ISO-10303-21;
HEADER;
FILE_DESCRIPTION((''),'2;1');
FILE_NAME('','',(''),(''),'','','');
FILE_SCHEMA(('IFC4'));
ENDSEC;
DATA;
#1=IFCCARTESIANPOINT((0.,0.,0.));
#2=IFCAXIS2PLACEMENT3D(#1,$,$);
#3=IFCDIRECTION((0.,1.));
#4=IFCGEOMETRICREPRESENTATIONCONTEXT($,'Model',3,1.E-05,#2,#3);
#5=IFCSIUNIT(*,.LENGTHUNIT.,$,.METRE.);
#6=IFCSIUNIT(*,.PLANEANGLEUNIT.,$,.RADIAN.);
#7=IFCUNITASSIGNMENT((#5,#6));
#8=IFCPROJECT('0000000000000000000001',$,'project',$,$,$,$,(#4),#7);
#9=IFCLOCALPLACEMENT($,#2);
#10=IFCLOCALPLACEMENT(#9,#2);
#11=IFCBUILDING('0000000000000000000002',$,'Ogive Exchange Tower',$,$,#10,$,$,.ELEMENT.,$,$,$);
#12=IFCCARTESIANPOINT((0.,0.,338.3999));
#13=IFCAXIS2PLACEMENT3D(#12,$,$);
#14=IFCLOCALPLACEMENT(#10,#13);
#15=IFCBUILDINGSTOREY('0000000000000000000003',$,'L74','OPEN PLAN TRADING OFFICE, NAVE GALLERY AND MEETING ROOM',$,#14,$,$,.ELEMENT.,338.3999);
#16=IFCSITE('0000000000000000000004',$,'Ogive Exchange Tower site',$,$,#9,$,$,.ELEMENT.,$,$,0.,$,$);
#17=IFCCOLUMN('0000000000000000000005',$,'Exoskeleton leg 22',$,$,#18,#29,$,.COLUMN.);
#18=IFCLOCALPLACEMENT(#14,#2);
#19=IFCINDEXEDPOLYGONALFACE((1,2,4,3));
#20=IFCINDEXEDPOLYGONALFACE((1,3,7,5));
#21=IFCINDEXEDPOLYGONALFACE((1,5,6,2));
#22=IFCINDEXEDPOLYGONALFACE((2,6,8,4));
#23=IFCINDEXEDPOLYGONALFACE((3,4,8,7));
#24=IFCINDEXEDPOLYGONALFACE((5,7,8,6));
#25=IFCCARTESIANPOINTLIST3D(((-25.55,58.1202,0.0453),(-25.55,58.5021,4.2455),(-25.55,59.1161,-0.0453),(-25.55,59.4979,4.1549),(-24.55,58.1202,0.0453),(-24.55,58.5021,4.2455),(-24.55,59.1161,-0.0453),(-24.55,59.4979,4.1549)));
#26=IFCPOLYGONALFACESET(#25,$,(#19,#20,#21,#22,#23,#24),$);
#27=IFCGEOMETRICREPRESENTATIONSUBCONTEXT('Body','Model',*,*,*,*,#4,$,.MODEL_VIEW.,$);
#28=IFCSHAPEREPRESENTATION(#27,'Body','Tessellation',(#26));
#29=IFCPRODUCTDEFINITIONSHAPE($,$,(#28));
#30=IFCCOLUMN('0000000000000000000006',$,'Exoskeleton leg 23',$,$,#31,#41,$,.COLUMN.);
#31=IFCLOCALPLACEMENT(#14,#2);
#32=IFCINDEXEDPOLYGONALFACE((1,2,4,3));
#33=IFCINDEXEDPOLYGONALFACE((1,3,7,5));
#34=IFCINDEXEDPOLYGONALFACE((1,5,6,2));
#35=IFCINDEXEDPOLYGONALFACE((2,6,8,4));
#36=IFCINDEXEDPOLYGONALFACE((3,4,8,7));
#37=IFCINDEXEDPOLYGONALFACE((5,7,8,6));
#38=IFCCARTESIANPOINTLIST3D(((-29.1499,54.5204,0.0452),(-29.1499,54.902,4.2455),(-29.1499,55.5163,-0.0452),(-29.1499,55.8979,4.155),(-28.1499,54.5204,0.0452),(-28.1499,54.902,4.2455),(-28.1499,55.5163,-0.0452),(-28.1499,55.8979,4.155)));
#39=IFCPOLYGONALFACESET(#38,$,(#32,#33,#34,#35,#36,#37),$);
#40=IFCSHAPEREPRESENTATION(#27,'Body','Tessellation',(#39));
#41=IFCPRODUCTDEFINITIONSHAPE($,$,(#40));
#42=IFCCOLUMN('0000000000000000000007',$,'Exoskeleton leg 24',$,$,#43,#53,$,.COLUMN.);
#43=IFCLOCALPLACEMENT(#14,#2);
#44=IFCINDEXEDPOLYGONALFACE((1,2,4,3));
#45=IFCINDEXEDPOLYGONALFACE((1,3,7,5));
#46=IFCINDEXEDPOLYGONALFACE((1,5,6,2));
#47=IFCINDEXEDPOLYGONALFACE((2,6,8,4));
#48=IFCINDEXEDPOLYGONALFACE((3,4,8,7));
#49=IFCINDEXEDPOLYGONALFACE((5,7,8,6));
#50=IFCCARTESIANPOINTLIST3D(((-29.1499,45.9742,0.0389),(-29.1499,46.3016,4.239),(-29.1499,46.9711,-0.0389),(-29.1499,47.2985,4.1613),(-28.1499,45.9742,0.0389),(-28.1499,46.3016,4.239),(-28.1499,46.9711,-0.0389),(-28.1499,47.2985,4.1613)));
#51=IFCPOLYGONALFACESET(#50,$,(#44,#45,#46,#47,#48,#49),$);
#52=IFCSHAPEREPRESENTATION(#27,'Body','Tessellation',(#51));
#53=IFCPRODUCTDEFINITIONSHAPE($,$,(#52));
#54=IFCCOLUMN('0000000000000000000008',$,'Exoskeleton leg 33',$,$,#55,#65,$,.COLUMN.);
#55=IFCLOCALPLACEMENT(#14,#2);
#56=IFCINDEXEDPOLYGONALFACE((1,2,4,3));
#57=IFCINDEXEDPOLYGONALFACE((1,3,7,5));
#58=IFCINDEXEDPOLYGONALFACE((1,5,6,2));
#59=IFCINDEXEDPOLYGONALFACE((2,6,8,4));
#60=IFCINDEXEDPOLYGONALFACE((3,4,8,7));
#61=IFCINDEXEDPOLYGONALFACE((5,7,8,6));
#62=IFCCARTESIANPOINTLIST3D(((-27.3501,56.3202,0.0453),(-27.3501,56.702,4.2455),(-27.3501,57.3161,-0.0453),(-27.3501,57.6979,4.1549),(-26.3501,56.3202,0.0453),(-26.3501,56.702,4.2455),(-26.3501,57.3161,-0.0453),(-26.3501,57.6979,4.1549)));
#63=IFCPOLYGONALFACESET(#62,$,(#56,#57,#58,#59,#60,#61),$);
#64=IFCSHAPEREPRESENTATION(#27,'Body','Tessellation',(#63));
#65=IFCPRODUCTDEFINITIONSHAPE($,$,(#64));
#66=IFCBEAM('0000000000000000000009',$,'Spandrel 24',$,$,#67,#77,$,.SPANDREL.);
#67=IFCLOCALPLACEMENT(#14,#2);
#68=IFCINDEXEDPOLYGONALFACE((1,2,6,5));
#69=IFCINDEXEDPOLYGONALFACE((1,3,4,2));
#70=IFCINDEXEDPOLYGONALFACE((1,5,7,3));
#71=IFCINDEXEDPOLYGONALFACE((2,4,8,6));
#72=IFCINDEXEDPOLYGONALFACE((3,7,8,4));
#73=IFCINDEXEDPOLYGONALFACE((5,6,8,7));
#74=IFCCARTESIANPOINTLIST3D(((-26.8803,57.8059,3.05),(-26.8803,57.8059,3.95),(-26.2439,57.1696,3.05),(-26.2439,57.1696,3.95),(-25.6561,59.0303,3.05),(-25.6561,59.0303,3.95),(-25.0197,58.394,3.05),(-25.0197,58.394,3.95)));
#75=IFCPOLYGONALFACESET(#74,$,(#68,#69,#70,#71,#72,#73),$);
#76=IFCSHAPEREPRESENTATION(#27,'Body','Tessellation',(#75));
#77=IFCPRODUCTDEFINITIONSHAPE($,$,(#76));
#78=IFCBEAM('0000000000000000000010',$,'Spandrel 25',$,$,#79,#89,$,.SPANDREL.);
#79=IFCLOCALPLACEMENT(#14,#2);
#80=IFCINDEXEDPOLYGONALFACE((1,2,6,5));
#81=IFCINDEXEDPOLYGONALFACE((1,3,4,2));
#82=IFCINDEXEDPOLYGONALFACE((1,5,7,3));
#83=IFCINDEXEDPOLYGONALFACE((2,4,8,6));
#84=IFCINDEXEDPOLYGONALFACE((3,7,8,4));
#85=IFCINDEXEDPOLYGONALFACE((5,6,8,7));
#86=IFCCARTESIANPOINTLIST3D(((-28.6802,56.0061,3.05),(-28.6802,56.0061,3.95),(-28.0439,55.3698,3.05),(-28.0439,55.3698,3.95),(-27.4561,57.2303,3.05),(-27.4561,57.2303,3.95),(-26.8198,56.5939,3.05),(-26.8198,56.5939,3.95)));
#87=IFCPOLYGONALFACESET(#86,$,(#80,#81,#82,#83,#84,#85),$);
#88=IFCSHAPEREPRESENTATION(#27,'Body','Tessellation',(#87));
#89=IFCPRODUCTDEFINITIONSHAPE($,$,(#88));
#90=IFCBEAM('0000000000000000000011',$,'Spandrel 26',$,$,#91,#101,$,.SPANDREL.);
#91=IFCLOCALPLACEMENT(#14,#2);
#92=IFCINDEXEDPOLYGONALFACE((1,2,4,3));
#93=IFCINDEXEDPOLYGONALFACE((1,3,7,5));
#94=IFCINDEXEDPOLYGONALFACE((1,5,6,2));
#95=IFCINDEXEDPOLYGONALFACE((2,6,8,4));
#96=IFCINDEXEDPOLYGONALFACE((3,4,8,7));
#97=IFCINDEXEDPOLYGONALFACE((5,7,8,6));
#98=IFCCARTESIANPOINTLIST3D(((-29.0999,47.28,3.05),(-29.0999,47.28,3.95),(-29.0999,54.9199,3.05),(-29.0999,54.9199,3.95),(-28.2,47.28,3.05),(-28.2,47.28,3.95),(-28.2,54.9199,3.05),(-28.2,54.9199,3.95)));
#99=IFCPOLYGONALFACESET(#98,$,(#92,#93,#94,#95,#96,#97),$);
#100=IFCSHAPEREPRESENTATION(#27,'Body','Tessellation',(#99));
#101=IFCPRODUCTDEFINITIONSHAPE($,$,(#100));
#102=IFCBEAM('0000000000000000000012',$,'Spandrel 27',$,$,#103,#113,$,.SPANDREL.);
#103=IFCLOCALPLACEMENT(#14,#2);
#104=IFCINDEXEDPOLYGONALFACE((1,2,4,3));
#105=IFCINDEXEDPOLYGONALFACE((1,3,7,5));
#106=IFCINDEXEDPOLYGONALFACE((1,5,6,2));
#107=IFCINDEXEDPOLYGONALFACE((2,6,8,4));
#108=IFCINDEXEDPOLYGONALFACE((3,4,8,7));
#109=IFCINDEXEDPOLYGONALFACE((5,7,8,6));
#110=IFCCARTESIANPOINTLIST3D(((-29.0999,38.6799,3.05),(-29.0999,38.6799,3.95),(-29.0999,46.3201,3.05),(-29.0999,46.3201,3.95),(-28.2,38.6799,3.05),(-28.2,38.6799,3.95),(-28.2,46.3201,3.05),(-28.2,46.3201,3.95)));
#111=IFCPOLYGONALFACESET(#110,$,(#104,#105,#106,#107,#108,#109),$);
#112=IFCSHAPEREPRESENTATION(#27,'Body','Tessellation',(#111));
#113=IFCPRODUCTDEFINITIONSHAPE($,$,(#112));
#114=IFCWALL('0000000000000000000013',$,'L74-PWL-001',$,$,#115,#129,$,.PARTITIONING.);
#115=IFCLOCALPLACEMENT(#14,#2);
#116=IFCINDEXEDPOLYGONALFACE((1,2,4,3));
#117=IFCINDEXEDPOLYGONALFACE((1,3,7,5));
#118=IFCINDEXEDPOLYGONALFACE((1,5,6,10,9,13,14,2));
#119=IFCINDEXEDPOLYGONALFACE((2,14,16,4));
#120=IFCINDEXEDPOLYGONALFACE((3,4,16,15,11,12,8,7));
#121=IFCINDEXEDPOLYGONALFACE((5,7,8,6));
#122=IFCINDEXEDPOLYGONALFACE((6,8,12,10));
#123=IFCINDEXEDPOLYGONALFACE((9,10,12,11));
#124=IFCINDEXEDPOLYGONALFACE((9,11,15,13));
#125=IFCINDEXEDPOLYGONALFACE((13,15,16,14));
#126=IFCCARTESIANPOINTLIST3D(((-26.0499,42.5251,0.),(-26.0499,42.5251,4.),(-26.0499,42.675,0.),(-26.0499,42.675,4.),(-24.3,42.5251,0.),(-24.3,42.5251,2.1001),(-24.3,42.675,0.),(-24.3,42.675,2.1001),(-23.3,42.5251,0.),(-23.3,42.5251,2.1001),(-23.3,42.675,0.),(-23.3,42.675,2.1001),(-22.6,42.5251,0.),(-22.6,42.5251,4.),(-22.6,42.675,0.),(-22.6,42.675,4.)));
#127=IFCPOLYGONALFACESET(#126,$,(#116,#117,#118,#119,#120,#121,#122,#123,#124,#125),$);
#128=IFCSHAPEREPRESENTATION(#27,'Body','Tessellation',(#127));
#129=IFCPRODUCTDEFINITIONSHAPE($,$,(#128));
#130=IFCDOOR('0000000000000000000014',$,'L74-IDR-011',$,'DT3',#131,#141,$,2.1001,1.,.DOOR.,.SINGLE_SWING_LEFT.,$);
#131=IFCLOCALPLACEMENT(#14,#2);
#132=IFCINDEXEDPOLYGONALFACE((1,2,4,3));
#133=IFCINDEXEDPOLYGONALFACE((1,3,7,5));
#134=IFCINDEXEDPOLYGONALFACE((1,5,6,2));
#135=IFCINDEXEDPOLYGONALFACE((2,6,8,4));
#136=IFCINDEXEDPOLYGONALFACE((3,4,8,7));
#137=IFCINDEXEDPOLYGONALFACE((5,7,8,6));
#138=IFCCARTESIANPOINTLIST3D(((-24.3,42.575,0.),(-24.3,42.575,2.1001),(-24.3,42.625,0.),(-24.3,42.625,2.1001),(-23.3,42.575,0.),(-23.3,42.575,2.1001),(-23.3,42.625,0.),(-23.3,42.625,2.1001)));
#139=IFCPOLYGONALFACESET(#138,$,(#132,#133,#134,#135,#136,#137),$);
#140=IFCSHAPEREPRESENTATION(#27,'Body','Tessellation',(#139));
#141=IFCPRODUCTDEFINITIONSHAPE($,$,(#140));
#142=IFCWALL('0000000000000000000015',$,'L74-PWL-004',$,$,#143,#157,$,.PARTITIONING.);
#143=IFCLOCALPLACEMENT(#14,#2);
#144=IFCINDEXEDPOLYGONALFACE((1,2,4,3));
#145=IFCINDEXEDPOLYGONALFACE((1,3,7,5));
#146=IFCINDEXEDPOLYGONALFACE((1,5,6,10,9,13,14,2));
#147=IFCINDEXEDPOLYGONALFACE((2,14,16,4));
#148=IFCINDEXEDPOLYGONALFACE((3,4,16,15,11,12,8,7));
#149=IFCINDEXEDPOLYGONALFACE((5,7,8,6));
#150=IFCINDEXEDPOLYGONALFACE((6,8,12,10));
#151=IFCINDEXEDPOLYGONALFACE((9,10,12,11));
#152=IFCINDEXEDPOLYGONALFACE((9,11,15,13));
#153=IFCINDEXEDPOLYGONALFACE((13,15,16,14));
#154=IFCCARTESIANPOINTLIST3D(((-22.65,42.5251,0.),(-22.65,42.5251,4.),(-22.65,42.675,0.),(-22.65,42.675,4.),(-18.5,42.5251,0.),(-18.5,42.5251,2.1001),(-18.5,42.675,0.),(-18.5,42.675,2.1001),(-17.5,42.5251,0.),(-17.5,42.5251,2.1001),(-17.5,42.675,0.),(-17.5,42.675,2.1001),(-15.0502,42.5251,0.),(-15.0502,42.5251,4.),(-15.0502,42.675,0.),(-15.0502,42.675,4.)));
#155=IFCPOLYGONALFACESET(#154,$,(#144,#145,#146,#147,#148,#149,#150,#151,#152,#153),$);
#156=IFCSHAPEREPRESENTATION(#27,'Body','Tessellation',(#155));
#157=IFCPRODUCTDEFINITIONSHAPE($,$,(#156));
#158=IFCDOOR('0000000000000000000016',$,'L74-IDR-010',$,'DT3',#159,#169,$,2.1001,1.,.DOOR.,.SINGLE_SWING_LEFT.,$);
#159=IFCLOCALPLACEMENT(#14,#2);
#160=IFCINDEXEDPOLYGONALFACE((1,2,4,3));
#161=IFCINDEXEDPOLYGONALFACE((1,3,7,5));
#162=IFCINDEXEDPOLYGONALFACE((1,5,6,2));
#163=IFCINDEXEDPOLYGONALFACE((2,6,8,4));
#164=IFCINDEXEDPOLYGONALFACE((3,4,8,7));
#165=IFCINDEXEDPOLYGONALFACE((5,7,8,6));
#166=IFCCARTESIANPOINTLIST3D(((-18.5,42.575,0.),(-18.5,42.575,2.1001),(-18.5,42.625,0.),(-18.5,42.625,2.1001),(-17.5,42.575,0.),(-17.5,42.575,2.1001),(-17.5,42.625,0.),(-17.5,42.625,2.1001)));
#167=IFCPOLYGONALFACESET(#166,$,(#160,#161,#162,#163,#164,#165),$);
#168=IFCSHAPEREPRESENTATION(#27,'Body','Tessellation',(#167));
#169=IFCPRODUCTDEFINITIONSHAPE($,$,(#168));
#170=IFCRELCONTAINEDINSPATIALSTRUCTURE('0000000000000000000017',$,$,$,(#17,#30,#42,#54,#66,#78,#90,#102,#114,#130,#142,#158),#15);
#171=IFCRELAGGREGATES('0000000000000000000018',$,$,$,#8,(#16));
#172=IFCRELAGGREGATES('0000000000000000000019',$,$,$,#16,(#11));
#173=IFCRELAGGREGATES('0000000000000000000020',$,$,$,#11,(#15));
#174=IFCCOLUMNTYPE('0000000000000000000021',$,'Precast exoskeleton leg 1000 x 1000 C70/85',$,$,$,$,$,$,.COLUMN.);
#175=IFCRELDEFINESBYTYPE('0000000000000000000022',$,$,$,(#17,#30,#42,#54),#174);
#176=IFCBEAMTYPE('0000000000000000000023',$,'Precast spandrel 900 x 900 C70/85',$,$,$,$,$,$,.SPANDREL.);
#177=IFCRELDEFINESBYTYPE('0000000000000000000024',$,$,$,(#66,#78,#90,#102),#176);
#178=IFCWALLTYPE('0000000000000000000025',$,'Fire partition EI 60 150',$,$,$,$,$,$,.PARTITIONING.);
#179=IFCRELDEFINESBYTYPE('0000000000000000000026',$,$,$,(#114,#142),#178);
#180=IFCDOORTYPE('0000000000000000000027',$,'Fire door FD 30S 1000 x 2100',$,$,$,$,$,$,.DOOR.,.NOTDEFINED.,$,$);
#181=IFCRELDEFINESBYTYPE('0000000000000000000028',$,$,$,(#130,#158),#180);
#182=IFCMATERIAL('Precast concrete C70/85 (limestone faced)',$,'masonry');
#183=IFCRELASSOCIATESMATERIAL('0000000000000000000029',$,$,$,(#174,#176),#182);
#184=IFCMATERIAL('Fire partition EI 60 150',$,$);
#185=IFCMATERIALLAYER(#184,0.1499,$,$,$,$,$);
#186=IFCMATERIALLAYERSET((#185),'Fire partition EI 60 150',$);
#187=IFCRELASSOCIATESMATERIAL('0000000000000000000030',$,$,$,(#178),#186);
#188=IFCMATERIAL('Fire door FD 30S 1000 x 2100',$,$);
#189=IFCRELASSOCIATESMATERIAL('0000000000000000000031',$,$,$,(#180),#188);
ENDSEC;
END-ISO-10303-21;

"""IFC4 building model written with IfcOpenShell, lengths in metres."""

from ifc_helpers import new_model, si_unit, direction, frame, frame_2d, origin, origin_2d, place, context, subcontext, project, spatial, rectangle, extrude, material, layer, layer_set, material_profile, profile_set, type_object, element, fill, save


model = new_model("IFC4")

# Units and contexts
model_context = context("Model", 3, precision=1e-05, world=origin(), true_north=direction((0.0, 1.0)))
body_context = subcontext(model_context, "Body", "Model", "MODEL_VIEW")
ifc_project = project(units=[si_unit("LENGTHUNIT", "METRE"), si_unit("PLANEANGLEUNIT", "RADIAN")], contexts=[model_context])

# Site, building, storey
site_placement = place(None, origin())
site = spatial("IfcSite", under=ifc_project, at=site_placement, Name="Ogive Exchange Tower site", CompositionType="ELEMENT", RefElevation=0.0)
building_placement = place(site_placement, origin())
building = spatial("IfcBuilding", under=site, at=building_placement, Name="Ogive Exchange Tower", CompositionType="ELEMENT")
storey_placement = place(building_placement, frame((0.0, 0.0, 338.3999)))
storey = spatial("IfcBuildingStorey", under=building, at=storey_placement, Name="L74", Description="OPEN PLAN TRADING OFFICE, NAVE GALLERY AND MEETING ROOM", CompositionType="ELEMENT", Elevation=338.3999)

# Columns
ifc_material_1 = material(Name="Precast concrete C70/85 (limestone faced)", Category="masonry")
ifc_material_profile_1 = material_profile(ifc_material_1, rectangle(XDim=1.0, YDim=1.0, at=origin_2d()), Name="1000 x 1000")
ifc_profile_set_1 = profile_set([ifc_material_profile_1], Name="Precast concrete C70/85 (limestone faced)")
column_type = type_object("IfcColumnType", Name="Precast exoskeleton leg 1000 x 1000 C70/85", PredefinedType="COLUMN", material=ifc_profile_set_1)
for number, where, z_axis, x_axis, name in (
    (1, (-25.05, 58.6182, 0.0), (0.0, 0.090536, 0.995893), (-1.0, 0.0, 0.0), "Exoskeleton leg 22"),
    (2, (-28.6499, 55.0183, 0.0), (0.0, 0.090478, 0.995898), (-1.0, 0.0, 0.0), "Exoskeleton leg 23"),
):
    element("IfcColumn", number, at=place(storey_placement, frame(where, z_axis=z_axis, x_axis=x_axis)), inside=storey, type_object=column_type, Name=name, PredefinedType="COLUMN", context=body_context, shape_type="SweptSolid", body=[
        extrude(rectangle(XDim=1.0, YDim=1.0, at=origin_2d()), origin(), (0.0, 0.0, 1.0), 4.2175),
    ])
column_1_placement = place(storey_placement, frame((-28.6499, 46.4727, 0.0), z_axis=(0.0, 0.077711, 0.996976), x_axis=(-1.0, 0.0, 0.0)))
element("IfcColumn", 3, at=column_1_placement, inside=storey, type_object=column_type, Name="Exoskeleton leg 24", PredefinedType="COLUMN", context=body_context, shape_type="SweptSolid", body=[
    extrude(rectangle(XDim=1.0, YDim=1.0, at=origin_2d()), origin(), (0.0, 0.0, 1.0), 4.2129),
])
column_2_placement = place(storey_placement, frame((-26.8501, 56.8181, 0.0), z_axis=(0.0, 0.090536, 0.995893), x_axis=(-1.0, 0.0, 0.0)))
element("IfcColumn", 4, at=column_2_placement, inside=storey, type_object=column_type, Name="Exoskeleton leg 33", PredefinedType="COLUMN", context=body_context, shape_type="SweptSolid", body=[
    extrude(rectangle(XDim=1.0, YDim=1.0, at=origin_2d()), origin(), (0.0, 0.0, 1.0), 4.2175),
])

# Beams
ifc_material_profile_2 = material_profile(ifc_material_1, rectangle(XDim=0.8999, YDim=0.8999, at=origin_2d()), Name="900 x 900")
ifc_profile_set_2 = profile_set([ifc_material_profile_2], Name="Precast concrete C70/85 (limestone faced)")
beam_type = type_object("IfcBeamType", Name="Precast spandrel 900 x 900 C70/85", PredefinedType="SPANDREL", material=ifc_profile_set_2)
beam_1_placement = place(storey_placement, frame((-25.3379, 58.7122, 3.5), z_axis=(-0.707036, -0.707177, 0.0), x_axis=(0.707177, -0.707036, 0.0)))
element("IfcBeam", 5, at=beam_1_placement, inside=storey, type_object=beam_type, Name="Spandrel 24", PredefinedType="SPANDREL", context=body_context, shape_type="SweptSolid", body=[
    extrude(rectangle(XDim=0.8999, YDim=0.8999, at=origin_2d()), origin(), (0.0, 0.0, 1.0), 1.7314),
])
beam_2_placement = place(storey_placement, frame((-27.1379, 56.9121, 3.5), z_axis=(-0.707107, -0.707107, 0.0), x_axis=(0.707107, -0.707107, 0.0)))
element("IfcBeam", 6, at=beam_2_placement, inside=storey, type_object=beam_type, Name="Spandrel 25", PredefinedType="SPANDREL", context=body_context, shape_type="SweptSolid", body=[
    extrude(rectangle(XDim=0.8999, YDim=0.8999, at=origin_2d()), origin(), (0.0, 0.0, 1.0), 1.7312),
])
beam_3_placement = place(storey_placement, frame((-28.6499, 54.9199, 3.5), z_axis=(0.0, -1.0, 0.0), x_axis=(1.0, 0.0, 0.0)))
element("IfcBeam", 7, at=beam_3_placement, inside=storey, type_object=beam_type, Name="Spandrel 26", PredefinedType="SPANDREL", context=body_context, shape_type="SweptSolid", body=[
    extrude(rectangle(XDim=0.8999, YDim=0.8999, at=origin_2d()), origin(), (0.0, 0.0, 1.0), 7.6399),
])
beam_4_placement = place(storey_placement, frame((-28.6499, 46.3201, 3.5), z_axis=(0.0, -1.0, 0.0), x_axis=(1.0, 0.0, 0.0)))
element("IfcBeam", 8, at=beam_4_placement, inside=storey, type_object=beam_type, Name="Spandrel 27", PredefinedType="SPANDREL", context=body_context, shape_type="SweptSolid", body=[
    extrude(rectangle(XDim=0.8999, YDim=0.8999, at=origin_2d()), origin(), (0.0, 0.0, 1.0), 7.6401),
])

# Walls, openings, doors
ifc_material_2 = material(Name="Fire partition EI 60 150")
ifc_layer_1 = layer(ifc_material_2, 0.1499)
ifc_layer_set_1 = layer_set([ifc_layer_1], Name="Fire partition EI 60 150")
wall_type_1 = type_object("IfcWallType", Name="Fire partition EI 60 150", PredefinedType="PARTITIONING", material=ifc_layer_set_1)
wall_1_placement = place(storey_placement, frame((-26.05, 42.6001, 0.0), z_axis=(0.0, 0.0, 1.0), x_axis=(1.0, 0.0, 0.0)))
wall_1 = element("IfcWall", 9, at=wall_1_placement, inside=storey, type_object=wall_type_1, Name="L74-PWL-001", PredefinedType="PARTITIONING", context=body_context, shape_type="SweptSolid", body=[
    extrude(rectangle(XDim=3.45, YDim=0.1499, at=frame_2d((1.7251, 0.0))), origin(), (0.0, 0.0, 1.0), 4.0),
])
opening_1_placement = place(wall_1_placement, frame((1.75, 0.0, 0.0)))
opening_1 = element("IfcOpeningElement", 10, at=opening_1_placement, cuts=wall_1, PredefinedType="OPENING", context=body_context, shape_type="SweptSolid", body=[
    extrude(rectangle(XDim=1.0, YDim=2.1001, at=frame_2d((0.5, 1.05))), frame((0.0, 0.085, 0.0), z_axis=(0.0, -1.0, 0.0), x_axis=(1.0, 0.0, 0.0)), (0.0, 0.0, 1.0), 0.1699),
])
ifc_material_3 = material(Name="Fire door FD 30S 1000 x 2100")
door_type_1 = type_object("IfcDoorType", Name="Fire door FD 30S 1000 x 2100", OperationType="NOTDEFINED", PredefinedType="DOOR", material=ifc_material_3)
door_1_placement = place(opening_1_placement, origin())
door_1 = element("IfcDoor", 11, at=door_1_placement, inside=storey, type_object=door_type_1, Name="L74-IDR-011", ObjectType="DT3", OperationType="SINGLE_SWING_LEFT", OverallHeight=2.1001, OverallWidth=1.0, PredefinedType="DOOR", context=body_context, shape_type="SweptSolid", body=[
    extrude(rectangle(XDim=1.0, YDim=2.1001, at=frame_2d((0.5, 1.05))), frame((0.0, 0.0249, 0.0), z_axis=(0.0, -1.0, 0.0), x_axis=(1.0, 0.0, 0.0)), (0.0, 0.0, 1.0), 0.05),
])
fill(opening_1, door_1)
wall_2_placement = place(storey_placement, frame((-22.6499, 42.6001, 0.0), z_axis=(0.0, 0.0, 1.0), x_axis=(1.0, 0.0, 0.0)))
wall_2 = element("IfcWall", 12, at=wall_2_placement, inside=storey, type_object=wall_type_1, Name="L74-PWL-004", PredefinedType="PARTITIONING", context=body_context, shape_type="SweptSolid", body=[
    extrude(rectangle(XDim=7.5999, YDim=0.1499, at=frame_2d((3.7998, 0.0))), origin(), (0.0, 0.0, 1.0), 4.0),
])
opening_2_placement = place(wall_2_placement, frame((4.1499, 0.0, 0.0)))
opening_2 = element("IfcOpeningElement", 13, at=opening_2_placement, cuts=wall_2, PredefinedType="OPENING", context=body_context, shape_type="SweptSolid", body=[
    extrude(rectangle(XDim=1.0, YDim=2.1001, at=frame_2d((0.5, 1.05))), frame((0.0, 0.085, 0.0), z_axis=(0.0, -1.0, 0.0), x_axis=(1.0, 0.0, 0.0)), (0.0, 0.0, 1.0), 0.1699),
])
door_2_placement = place(opening_2_placement, origin())
door_2 = element("IfcDoor", 14, at=door_2_placement, inside=storey, type_object=door_type_1, Name="L74-IDR-010", ObjectType="DT3", OperationType="SINGLE_SWING_LEFT", OverallHeight=2.1001, OverallWidth=1.0, PredefinedType="DOOR", context=body_context, shape_type="SweptSolid", body=[
    extrude(rectangle(XDim=1.0, YDim=2.1001, at=frame_2d((0.5, 1.05))), frame((0.0, 0.0249, 0.0), z_axis=(0.0, -1.0, 0.0), x_axis=(1.0, 0.0, 0.0)), (0.0, 0.0, 1.0), 0.05),
])
fill(opening_2, door_2)

save(model, "model.ifc")
